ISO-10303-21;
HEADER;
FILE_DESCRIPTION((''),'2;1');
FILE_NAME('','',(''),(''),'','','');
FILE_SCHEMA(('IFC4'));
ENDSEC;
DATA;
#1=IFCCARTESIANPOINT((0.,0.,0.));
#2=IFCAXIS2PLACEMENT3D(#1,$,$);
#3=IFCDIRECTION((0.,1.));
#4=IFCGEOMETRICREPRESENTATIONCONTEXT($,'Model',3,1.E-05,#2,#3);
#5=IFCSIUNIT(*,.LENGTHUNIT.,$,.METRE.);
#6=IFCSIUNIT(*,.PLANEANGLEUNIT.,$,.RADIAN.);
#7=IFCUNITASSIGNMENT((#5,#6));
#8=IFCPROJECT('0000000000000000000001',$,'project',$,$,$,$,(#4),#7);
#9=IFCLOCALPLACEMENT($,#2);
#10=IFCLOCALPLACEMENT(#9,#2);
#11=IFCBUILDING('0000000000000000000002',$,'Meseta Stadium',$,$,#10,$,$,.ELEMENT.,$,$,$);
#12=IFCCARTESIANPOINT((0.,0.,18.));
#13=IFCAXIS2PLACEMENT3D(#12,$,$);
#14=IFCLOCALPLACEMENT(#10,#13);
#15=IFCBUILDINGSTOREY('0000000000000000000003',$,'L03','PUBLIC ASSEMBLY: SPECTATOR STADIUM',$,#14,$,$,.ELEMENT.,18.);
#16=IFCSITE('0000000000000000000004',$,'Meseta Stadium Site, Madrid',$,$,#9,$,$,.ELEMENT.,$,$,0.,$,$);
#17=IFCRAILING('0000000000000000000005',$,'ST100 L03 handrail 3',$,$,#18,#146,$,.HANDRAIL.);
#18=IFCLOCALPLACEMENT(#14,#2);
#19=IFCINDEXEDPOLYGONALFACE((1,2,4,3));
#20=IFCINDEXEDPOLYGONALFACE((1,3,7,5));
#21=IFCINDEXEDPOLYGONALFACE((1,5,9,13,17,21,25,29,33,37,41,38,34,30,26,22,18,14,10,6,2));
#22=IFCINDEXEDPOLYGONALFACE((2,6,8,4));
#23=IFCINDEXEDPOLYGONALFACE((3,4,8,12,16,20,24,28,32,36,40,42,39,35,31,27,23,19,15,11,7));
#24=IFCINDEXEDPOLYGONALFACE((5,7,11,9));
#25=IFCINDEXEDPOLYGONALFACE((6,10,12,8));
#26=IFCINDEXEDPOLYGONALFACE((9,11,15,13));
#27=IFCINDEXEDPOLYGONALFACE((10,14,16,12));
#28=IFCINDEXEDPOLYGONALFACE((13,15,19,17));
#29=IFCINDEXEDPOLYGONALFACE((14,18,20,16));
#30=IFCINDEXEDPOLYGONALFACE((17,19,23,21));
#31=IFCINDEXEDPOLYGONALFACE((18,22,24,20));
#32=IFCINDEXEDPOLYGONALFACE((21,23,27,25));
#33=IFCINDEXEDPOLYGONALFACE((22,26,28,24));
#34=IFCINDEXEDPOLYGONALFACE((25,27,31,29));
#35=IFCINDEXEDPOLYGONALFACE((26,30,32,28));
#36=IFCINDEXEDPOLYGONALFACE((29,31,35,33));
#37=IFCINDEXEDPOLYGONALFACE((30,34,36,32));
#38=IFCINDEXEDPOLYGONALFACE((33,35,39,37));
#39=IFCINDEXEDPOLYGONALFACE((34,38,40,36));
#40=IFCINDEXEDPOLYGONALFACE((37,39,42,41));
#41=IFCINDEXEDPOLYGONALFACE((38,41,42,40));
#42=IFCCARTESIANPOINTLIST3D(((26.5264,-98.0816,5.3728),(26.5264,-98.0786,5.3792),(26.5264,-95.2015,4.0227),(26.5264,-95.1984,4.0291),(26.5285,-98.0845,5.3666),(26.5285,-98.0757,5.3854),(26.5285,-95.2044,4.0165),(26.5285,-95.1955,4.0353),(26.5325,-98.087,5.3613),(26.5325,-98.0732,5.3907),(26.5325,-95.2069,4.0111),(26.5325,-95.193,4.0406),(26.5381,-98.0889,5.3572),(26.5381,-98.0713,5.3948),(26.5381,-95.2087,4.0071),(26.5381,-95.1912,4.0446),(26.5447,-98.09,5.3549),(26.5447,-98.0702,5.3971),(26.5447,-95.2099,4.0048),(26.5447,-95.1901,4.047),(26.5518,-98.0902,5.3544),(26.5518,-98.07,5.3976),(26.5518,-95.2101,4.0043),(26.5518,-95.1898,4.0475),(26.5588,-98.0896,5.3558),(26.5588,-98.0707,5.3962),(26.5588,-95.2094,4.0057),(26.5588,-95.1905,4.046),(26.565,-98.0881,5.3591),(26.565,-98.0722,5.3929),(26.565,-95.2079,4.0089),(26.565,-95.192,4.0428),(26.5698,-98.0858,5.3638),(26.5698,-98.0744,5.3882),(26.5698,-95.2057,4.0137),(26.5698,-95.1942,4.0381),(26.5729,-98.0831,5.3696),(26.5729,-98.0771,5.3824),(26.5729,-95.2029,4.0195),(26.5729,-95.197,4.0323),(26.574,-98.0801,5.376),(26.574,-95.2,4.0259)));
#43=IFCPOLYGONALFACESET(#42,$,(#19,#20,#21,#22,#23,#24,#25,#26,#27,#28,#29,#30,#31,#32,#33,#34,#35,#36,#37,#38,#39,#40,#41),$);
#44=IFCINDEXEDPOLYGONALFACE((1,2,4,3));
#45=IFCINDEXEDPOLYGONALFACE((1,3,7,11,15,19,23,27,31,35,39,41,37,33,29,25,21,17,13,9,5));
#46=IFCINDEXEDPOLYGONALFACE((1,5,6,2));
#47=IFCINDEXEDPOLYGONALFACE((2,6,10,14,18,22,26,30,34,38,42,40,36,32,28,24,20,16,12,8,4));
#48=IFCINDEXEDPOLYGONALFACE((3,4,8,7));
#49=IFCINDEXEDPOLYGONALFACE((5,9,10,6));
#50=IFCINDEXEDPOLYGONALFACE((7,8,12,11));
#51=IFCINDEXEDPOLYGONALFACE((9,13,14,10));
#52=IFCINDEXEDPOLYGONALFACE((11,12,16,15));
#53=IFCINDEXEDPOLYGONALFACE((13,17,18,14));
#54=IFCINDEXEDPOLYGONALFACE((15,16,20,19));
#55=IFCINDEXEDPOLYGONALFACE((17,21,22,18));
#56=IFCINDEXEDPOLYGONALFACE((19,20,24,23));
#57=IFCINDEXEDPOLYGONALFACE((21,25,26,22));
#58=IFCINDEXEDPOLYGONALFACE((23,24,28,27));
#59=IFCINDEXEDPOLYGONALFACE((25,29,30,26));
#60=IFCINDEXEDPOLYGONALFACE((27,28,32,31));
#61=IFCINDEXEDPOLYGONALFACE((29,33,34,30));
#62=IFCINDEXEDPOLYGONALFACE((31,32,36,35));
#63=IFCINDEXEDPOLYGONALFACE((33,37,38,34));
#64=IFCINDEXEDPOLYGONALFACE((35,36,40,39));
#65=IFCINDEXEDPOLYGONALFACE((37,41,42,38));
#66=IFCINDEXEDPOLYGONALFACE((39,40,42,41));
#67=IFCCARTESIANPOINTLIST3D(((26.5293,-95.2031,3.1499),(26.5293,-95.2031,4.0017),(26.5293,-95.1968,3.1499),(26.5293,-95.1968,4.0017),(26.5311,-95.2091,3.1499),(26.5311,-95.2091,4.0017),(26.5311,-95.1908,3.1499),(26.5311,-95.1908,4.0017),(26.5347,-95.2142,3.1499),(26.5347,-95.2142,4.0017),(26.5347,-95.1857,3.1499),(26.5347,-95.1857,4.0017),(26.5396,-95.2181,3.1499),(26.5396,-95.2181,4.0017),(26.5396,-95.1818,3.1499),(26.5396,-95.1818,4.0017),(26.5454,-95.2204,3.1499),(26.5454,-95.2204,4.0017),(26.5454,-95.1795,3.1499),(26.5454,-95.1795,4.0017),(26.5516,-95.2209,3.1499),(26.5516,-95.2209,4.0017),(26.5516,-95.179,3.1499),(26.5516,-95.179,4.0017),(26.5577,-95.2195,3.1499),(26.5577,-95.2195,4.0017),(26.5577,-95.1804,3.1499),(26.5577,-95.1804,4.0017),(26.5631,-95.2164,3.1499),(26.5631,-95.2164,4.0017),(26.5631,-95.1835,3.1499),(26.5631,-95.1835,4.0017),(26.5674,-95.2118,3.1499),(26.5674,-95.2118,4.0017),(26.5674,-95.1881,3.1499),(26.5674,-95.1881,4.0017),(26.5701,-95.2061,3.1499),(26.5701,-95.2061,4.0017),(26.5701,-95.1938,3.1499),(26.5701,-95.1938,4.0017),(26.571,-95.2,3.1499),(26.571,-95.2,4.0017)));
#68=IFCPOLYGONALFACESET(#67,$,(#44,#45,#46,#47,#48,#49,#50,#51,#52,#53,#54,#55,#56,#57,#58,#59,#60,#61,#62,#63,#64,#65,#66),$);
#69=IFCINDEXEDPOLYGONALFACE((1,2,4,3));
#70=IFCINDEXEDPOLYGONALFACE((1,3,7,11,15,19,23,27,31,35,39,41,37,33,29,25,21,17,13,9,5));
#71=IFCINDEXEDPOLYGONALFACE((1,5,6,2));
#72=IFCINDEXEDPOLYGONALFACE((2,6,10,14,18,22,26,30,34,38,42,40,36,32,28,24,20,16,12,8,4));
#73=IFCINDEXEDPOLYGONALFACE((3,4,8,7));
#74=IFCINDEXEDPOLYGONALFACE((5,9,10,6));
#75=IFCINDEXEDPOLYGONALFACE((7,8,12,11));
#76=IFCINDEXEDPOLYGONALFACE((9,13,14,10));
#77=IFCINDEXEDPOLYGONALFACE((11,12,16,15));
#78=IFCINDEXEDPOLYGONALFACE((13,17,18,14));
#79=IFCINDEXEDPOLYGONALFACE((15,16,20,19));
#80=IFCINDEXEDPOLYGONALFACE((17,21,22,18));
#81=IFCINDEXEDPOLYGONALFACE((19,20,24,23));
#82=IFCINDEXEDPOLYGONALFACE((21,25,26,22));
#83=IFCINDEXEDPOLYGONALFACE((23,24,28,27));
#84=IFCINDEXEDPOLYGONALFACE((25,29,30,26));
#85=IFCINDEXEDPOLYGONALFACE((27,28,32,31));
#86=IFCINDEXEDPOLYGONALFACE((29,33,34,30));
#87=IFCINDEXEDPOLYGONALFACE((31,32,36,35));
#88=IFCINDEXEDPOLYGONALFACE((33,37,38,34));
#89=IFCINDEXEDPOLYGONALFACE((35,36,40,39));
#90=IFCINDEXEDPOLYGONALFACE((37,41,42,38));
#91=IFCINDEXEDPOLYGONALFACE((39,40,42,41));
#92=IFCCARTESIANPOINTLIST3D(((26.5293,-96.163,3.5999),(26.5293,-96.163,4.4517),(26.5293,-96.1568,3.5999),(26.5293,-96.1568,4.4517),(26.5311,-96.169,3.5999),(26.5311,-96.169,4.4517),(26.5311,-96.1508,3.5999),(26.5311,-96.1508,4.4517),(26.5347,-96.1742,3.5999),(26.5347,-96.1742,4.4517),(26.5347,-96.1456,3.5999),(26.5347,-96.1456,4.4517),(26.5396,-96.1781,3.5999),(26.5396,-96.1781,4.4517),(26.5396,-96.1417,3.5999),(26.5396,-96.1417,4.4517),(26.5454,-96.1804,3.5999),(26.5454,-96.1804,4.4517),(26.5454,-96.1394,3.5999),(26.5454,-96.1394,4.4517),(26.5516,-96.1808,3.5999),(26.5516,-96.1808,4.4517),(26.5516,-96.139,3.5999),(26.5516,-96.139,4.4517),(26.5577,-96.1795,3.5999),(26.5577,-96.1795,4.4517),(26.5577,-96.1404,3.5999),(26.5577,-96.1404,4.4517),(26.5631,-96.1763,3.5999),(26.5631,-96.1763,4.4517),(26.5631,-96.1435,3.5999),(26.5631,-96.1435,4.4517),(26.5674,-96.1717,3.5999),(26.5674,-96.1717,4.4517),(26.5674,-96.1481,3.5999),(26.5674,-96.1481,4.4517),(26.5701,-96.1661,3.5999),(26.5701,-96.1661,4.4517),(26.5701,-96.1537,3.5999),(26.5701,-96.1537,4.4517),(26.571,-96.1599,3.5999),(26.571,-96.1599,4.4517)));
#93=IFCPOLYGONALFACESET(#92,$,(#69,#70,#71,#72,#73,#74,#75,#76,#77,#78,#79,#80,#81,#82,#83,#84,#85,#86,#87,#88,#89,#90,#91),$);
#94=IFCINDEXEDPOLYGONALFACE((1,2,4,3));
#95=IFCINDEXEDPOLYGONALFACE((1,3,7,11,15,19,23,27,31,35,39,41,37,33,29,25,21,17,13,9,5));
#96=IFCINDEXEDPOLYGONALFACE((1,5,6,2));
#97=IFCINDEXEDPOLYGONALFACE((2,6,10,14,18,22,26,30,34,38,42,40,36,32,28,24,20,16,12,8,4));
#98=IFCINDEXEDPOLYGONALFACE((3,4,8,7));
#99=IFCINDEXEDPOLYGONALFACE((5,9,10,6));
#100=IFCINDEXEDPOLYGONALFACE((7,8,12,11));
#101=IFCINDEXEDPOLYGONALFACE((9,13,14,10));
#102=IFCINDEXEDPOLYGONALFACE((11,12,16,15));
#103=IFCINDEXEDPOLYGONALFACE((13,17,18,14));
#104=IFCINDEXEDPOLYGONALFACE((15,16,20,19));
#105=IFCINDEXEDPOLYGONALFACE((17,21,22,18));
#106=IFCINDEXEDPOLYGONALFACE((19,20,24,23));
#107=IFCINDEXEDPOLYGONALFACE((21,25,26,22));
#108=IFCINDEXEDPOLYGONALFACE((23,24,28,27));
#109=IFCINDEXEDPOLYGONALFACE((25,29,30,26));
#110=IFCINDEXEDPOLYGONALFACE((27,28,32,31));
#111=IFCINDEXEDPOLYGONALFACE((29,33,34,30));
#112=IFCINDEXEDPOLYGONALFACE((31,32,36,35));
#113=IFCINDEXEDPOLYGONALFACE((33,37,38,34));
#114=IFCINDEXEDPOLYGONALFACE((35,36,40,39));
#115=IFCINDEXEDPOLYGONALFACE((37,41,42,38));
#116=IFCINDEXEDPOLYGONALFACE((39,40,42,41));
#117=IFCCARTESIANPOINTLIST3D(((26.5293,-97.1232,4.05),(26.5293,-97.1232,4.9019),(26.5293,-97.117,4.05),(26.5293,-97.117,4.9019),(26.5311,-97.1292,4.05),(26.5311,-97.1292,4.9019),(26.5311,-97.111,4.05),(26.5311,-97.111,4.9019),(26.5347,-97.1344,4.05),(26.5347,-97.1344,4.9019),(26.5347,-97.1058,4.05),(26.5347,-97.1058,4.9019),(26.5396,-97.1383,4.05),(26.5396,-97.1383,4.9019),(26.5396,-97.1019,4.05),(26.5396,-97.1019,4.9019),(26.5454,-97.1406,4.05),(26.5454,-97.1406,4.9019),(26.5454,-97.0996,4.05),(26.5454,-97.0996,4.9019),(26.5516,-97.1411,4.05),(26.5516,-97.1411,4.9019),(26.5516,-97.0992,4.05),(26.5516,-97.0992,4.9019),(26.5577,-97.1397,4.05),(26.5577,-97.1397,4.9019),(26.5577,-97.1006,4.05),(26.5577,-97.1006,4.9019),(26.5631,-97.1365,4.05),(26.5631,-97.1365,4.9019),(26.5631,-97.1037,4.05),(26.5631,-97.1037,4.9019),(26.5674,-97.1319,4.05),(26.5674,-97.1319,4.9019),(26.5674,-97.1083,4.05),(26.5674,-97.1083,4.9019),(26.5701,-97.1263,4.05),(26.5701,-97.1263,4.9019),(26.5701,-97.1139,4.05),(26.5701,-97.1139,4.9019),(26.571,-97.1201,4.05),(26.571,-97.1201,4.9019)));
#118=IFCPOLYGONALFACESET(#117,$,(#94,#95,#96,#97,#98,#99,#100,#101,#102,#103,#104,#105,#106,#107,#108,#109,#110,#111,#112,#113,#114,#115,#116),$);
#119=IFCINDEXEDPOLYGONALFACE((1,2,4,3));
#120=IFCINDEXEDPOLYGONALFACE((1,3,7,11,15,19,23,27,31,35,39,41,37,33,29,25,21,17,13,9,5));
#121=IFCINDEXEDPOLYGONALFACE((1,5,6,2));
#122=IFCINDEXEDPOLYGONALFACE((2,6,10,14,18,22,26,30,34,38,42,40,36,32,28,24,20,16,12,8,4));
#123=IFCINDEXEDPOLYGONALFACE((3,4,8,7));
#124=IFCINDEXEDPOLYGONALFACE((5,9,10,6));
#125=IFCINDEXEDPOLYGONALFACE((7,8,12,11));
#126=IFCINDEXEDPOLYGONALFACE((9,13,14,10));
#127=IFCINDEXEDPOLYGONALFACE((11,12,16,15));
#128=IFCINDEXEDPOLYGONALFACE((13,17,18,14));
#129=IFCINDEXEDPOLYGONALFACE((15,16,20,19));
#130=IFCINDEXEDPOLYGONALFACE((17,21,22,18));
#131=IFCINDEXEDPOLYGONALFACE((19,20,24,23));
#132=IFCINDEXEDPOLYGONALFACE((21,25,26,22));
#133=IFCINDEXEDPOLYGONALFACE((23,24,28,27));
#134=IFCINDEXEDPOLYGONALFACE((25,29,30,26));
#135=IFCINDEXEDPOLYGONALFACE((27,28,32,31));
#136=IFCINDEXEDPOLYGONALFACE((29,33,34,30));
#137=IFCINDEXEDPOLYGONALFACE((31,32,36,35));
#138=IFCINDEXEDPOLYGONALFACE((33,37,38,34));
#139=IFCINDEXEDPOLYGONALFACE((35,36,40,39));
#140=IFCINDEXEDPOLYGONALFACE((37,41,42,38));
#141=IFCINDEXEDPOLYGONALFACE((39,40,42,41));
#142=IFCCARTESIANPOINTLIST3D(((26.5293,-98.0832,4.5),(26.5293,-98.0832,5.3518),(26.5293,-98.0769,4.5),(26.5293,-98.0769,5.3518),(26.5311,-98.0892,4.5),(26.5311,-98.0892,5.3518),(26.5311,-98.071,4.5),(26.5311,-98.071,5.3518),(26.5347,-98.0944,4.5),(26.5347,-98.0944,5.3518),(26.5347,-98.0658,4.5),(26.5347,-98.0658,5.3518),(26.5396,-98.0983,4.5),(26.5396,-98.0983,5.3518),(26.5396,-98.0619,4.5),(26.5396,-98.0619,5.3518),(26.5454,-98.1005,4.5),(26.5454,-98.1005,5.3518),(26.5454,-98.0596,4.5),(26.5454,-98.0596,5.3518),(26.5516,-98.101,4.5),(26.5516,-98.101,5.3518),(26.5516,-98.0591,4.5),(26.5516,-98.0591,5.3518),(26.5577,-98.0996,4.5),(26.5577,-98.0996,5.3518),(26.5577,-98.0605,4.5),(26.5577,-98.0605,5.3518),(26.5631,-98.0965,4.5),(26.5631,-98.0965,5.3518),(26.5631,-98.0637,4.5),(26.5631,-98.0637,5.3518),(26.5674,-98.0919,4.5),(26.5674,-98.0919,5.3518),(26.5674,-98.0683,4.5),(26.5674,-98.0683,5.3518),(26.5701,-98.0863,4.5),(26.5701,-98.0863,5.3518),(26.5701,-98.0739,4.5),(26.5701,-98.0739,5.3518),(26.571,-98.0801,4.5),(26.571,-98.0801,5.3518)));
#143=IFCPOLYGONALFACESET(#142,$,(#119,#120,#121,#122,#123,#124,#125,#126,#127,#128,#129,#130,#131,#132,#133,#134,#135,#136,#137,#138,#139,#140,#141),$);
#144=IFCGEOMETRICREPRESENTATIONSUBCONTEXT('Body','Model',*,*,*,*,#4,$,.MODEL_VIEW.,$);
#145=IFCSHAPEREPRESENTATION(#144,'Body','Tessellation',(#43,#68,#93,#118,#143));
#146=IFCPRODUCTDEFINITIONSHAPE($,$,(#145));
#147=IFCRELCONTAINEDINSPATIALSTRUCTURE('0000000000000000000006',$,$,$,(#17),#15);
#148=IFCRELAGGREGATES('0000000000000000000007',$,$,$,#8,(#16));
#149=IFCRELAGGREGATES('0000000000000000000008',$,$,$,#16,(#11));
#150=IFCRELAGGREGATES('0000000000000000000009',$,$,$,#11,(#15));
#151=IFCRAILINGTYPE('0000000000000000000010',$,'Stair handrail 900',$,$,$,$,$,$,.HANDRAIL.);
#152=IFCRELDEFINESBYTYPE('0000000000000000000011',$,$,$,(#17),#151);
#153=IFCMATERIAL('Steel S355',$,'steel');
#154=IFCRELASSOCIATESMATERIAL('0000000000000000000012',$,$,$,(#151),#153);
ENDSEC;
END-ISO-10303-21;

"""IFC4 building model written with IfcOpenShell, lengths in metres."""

from ifc_helpers import new_model, si_unit, direction, frame, origin, origin_2d, place, context, subcontext, project, spatial, circle, extrude, material, type_object, element, save


model = new_model("IFC4")

# Units and contexts
model_context = context("Model", 3, precision=1e-05, world=origin(), true_north=direction((0.0, 1.0)))
body_context = subcontext(model_context, "Body", "Model", "MODEL_VIEW")
ifc_project = project(units=[si_unit("LENGTHUNIT", "METRE"), si_unit("PLANEANGLEUNIT", "RADIAN")], contexts=[model_context])

# Site, building, storey
site_placement = place(None, origin())
site = spatial("IfcSite", under=ifc_project, at=site_placement, Name="Meseta Stadium Site, Madrid", CompositionType="ELEMENT", RefElevation=0.0)
building_placement = place(site_placement, origin())
building = spatial("IfcBuilding", under=site, at=building_placement, Name="Meseta Stadium", CompositionType="ELEMENT")
storey_placement = place(building_placement, frame((0.0, 0.0, 18.0)))
storey = spatial("IfcBuildingStorey", under=building, at=storey_placement, Name="L03", Description="PUBLIC ASSEMBLY: SPECTATOR STADIUM", CompositionType="ELEMENT", Elevation=18.0)

# Railing
ifc_material_1 = material(Name="Steel S355", Category="steel")
railing_type_1 = type_object("IfcRailingType", Name="Stair handrail 900", PredefinedType="HANDRAIL", material=ifc_material_1)
for number, where, name in (
    (1, (26.55, -95.2, 3.1499), "ST100 L03 handrail 3"),
):
    element("IfcRailing", number, at=place(storey_placement, frame(where)), inside=storey, type_object=railing_type_1, Name=name, PredefinedType="HANDRAIL", context=body_context, shape_type="SweptSolid", body=[
        extrude(circle(Radius=0.0239, at=origin_2d()), frame((0.0, 0.0, 0.876), z_axis=(0.0, -0.905454, 0.424444), x_axis=(1.0, 0.0, 0.0)), (0.0, 0.0, 1.0), 3.1809),
        extrude(circle(Radius=0.021, at=origin_2d()), origin(), (0.0, 0.0, 1.0), 0.8518),
        extrude(circle(Radius=0.021, at=origin_2d()), frame((0.0, -0.96, 0.45)), (0.0, 0.0, 1.0), 0.8518),
        extrude(circle(Radius=0.021, at=origin_2d()), frame((0.0, -1.9202, 0.9001)), (0.0, 0.0, 1.0), 0.8518),
        extrude(circle(Radius=0.021, at=origin_2d()), frame((0.0, -2.8801, 1.3501)), (0.0, 0.0, 1.0), 0.8518),
    ])

save(model, "model.ifc")
